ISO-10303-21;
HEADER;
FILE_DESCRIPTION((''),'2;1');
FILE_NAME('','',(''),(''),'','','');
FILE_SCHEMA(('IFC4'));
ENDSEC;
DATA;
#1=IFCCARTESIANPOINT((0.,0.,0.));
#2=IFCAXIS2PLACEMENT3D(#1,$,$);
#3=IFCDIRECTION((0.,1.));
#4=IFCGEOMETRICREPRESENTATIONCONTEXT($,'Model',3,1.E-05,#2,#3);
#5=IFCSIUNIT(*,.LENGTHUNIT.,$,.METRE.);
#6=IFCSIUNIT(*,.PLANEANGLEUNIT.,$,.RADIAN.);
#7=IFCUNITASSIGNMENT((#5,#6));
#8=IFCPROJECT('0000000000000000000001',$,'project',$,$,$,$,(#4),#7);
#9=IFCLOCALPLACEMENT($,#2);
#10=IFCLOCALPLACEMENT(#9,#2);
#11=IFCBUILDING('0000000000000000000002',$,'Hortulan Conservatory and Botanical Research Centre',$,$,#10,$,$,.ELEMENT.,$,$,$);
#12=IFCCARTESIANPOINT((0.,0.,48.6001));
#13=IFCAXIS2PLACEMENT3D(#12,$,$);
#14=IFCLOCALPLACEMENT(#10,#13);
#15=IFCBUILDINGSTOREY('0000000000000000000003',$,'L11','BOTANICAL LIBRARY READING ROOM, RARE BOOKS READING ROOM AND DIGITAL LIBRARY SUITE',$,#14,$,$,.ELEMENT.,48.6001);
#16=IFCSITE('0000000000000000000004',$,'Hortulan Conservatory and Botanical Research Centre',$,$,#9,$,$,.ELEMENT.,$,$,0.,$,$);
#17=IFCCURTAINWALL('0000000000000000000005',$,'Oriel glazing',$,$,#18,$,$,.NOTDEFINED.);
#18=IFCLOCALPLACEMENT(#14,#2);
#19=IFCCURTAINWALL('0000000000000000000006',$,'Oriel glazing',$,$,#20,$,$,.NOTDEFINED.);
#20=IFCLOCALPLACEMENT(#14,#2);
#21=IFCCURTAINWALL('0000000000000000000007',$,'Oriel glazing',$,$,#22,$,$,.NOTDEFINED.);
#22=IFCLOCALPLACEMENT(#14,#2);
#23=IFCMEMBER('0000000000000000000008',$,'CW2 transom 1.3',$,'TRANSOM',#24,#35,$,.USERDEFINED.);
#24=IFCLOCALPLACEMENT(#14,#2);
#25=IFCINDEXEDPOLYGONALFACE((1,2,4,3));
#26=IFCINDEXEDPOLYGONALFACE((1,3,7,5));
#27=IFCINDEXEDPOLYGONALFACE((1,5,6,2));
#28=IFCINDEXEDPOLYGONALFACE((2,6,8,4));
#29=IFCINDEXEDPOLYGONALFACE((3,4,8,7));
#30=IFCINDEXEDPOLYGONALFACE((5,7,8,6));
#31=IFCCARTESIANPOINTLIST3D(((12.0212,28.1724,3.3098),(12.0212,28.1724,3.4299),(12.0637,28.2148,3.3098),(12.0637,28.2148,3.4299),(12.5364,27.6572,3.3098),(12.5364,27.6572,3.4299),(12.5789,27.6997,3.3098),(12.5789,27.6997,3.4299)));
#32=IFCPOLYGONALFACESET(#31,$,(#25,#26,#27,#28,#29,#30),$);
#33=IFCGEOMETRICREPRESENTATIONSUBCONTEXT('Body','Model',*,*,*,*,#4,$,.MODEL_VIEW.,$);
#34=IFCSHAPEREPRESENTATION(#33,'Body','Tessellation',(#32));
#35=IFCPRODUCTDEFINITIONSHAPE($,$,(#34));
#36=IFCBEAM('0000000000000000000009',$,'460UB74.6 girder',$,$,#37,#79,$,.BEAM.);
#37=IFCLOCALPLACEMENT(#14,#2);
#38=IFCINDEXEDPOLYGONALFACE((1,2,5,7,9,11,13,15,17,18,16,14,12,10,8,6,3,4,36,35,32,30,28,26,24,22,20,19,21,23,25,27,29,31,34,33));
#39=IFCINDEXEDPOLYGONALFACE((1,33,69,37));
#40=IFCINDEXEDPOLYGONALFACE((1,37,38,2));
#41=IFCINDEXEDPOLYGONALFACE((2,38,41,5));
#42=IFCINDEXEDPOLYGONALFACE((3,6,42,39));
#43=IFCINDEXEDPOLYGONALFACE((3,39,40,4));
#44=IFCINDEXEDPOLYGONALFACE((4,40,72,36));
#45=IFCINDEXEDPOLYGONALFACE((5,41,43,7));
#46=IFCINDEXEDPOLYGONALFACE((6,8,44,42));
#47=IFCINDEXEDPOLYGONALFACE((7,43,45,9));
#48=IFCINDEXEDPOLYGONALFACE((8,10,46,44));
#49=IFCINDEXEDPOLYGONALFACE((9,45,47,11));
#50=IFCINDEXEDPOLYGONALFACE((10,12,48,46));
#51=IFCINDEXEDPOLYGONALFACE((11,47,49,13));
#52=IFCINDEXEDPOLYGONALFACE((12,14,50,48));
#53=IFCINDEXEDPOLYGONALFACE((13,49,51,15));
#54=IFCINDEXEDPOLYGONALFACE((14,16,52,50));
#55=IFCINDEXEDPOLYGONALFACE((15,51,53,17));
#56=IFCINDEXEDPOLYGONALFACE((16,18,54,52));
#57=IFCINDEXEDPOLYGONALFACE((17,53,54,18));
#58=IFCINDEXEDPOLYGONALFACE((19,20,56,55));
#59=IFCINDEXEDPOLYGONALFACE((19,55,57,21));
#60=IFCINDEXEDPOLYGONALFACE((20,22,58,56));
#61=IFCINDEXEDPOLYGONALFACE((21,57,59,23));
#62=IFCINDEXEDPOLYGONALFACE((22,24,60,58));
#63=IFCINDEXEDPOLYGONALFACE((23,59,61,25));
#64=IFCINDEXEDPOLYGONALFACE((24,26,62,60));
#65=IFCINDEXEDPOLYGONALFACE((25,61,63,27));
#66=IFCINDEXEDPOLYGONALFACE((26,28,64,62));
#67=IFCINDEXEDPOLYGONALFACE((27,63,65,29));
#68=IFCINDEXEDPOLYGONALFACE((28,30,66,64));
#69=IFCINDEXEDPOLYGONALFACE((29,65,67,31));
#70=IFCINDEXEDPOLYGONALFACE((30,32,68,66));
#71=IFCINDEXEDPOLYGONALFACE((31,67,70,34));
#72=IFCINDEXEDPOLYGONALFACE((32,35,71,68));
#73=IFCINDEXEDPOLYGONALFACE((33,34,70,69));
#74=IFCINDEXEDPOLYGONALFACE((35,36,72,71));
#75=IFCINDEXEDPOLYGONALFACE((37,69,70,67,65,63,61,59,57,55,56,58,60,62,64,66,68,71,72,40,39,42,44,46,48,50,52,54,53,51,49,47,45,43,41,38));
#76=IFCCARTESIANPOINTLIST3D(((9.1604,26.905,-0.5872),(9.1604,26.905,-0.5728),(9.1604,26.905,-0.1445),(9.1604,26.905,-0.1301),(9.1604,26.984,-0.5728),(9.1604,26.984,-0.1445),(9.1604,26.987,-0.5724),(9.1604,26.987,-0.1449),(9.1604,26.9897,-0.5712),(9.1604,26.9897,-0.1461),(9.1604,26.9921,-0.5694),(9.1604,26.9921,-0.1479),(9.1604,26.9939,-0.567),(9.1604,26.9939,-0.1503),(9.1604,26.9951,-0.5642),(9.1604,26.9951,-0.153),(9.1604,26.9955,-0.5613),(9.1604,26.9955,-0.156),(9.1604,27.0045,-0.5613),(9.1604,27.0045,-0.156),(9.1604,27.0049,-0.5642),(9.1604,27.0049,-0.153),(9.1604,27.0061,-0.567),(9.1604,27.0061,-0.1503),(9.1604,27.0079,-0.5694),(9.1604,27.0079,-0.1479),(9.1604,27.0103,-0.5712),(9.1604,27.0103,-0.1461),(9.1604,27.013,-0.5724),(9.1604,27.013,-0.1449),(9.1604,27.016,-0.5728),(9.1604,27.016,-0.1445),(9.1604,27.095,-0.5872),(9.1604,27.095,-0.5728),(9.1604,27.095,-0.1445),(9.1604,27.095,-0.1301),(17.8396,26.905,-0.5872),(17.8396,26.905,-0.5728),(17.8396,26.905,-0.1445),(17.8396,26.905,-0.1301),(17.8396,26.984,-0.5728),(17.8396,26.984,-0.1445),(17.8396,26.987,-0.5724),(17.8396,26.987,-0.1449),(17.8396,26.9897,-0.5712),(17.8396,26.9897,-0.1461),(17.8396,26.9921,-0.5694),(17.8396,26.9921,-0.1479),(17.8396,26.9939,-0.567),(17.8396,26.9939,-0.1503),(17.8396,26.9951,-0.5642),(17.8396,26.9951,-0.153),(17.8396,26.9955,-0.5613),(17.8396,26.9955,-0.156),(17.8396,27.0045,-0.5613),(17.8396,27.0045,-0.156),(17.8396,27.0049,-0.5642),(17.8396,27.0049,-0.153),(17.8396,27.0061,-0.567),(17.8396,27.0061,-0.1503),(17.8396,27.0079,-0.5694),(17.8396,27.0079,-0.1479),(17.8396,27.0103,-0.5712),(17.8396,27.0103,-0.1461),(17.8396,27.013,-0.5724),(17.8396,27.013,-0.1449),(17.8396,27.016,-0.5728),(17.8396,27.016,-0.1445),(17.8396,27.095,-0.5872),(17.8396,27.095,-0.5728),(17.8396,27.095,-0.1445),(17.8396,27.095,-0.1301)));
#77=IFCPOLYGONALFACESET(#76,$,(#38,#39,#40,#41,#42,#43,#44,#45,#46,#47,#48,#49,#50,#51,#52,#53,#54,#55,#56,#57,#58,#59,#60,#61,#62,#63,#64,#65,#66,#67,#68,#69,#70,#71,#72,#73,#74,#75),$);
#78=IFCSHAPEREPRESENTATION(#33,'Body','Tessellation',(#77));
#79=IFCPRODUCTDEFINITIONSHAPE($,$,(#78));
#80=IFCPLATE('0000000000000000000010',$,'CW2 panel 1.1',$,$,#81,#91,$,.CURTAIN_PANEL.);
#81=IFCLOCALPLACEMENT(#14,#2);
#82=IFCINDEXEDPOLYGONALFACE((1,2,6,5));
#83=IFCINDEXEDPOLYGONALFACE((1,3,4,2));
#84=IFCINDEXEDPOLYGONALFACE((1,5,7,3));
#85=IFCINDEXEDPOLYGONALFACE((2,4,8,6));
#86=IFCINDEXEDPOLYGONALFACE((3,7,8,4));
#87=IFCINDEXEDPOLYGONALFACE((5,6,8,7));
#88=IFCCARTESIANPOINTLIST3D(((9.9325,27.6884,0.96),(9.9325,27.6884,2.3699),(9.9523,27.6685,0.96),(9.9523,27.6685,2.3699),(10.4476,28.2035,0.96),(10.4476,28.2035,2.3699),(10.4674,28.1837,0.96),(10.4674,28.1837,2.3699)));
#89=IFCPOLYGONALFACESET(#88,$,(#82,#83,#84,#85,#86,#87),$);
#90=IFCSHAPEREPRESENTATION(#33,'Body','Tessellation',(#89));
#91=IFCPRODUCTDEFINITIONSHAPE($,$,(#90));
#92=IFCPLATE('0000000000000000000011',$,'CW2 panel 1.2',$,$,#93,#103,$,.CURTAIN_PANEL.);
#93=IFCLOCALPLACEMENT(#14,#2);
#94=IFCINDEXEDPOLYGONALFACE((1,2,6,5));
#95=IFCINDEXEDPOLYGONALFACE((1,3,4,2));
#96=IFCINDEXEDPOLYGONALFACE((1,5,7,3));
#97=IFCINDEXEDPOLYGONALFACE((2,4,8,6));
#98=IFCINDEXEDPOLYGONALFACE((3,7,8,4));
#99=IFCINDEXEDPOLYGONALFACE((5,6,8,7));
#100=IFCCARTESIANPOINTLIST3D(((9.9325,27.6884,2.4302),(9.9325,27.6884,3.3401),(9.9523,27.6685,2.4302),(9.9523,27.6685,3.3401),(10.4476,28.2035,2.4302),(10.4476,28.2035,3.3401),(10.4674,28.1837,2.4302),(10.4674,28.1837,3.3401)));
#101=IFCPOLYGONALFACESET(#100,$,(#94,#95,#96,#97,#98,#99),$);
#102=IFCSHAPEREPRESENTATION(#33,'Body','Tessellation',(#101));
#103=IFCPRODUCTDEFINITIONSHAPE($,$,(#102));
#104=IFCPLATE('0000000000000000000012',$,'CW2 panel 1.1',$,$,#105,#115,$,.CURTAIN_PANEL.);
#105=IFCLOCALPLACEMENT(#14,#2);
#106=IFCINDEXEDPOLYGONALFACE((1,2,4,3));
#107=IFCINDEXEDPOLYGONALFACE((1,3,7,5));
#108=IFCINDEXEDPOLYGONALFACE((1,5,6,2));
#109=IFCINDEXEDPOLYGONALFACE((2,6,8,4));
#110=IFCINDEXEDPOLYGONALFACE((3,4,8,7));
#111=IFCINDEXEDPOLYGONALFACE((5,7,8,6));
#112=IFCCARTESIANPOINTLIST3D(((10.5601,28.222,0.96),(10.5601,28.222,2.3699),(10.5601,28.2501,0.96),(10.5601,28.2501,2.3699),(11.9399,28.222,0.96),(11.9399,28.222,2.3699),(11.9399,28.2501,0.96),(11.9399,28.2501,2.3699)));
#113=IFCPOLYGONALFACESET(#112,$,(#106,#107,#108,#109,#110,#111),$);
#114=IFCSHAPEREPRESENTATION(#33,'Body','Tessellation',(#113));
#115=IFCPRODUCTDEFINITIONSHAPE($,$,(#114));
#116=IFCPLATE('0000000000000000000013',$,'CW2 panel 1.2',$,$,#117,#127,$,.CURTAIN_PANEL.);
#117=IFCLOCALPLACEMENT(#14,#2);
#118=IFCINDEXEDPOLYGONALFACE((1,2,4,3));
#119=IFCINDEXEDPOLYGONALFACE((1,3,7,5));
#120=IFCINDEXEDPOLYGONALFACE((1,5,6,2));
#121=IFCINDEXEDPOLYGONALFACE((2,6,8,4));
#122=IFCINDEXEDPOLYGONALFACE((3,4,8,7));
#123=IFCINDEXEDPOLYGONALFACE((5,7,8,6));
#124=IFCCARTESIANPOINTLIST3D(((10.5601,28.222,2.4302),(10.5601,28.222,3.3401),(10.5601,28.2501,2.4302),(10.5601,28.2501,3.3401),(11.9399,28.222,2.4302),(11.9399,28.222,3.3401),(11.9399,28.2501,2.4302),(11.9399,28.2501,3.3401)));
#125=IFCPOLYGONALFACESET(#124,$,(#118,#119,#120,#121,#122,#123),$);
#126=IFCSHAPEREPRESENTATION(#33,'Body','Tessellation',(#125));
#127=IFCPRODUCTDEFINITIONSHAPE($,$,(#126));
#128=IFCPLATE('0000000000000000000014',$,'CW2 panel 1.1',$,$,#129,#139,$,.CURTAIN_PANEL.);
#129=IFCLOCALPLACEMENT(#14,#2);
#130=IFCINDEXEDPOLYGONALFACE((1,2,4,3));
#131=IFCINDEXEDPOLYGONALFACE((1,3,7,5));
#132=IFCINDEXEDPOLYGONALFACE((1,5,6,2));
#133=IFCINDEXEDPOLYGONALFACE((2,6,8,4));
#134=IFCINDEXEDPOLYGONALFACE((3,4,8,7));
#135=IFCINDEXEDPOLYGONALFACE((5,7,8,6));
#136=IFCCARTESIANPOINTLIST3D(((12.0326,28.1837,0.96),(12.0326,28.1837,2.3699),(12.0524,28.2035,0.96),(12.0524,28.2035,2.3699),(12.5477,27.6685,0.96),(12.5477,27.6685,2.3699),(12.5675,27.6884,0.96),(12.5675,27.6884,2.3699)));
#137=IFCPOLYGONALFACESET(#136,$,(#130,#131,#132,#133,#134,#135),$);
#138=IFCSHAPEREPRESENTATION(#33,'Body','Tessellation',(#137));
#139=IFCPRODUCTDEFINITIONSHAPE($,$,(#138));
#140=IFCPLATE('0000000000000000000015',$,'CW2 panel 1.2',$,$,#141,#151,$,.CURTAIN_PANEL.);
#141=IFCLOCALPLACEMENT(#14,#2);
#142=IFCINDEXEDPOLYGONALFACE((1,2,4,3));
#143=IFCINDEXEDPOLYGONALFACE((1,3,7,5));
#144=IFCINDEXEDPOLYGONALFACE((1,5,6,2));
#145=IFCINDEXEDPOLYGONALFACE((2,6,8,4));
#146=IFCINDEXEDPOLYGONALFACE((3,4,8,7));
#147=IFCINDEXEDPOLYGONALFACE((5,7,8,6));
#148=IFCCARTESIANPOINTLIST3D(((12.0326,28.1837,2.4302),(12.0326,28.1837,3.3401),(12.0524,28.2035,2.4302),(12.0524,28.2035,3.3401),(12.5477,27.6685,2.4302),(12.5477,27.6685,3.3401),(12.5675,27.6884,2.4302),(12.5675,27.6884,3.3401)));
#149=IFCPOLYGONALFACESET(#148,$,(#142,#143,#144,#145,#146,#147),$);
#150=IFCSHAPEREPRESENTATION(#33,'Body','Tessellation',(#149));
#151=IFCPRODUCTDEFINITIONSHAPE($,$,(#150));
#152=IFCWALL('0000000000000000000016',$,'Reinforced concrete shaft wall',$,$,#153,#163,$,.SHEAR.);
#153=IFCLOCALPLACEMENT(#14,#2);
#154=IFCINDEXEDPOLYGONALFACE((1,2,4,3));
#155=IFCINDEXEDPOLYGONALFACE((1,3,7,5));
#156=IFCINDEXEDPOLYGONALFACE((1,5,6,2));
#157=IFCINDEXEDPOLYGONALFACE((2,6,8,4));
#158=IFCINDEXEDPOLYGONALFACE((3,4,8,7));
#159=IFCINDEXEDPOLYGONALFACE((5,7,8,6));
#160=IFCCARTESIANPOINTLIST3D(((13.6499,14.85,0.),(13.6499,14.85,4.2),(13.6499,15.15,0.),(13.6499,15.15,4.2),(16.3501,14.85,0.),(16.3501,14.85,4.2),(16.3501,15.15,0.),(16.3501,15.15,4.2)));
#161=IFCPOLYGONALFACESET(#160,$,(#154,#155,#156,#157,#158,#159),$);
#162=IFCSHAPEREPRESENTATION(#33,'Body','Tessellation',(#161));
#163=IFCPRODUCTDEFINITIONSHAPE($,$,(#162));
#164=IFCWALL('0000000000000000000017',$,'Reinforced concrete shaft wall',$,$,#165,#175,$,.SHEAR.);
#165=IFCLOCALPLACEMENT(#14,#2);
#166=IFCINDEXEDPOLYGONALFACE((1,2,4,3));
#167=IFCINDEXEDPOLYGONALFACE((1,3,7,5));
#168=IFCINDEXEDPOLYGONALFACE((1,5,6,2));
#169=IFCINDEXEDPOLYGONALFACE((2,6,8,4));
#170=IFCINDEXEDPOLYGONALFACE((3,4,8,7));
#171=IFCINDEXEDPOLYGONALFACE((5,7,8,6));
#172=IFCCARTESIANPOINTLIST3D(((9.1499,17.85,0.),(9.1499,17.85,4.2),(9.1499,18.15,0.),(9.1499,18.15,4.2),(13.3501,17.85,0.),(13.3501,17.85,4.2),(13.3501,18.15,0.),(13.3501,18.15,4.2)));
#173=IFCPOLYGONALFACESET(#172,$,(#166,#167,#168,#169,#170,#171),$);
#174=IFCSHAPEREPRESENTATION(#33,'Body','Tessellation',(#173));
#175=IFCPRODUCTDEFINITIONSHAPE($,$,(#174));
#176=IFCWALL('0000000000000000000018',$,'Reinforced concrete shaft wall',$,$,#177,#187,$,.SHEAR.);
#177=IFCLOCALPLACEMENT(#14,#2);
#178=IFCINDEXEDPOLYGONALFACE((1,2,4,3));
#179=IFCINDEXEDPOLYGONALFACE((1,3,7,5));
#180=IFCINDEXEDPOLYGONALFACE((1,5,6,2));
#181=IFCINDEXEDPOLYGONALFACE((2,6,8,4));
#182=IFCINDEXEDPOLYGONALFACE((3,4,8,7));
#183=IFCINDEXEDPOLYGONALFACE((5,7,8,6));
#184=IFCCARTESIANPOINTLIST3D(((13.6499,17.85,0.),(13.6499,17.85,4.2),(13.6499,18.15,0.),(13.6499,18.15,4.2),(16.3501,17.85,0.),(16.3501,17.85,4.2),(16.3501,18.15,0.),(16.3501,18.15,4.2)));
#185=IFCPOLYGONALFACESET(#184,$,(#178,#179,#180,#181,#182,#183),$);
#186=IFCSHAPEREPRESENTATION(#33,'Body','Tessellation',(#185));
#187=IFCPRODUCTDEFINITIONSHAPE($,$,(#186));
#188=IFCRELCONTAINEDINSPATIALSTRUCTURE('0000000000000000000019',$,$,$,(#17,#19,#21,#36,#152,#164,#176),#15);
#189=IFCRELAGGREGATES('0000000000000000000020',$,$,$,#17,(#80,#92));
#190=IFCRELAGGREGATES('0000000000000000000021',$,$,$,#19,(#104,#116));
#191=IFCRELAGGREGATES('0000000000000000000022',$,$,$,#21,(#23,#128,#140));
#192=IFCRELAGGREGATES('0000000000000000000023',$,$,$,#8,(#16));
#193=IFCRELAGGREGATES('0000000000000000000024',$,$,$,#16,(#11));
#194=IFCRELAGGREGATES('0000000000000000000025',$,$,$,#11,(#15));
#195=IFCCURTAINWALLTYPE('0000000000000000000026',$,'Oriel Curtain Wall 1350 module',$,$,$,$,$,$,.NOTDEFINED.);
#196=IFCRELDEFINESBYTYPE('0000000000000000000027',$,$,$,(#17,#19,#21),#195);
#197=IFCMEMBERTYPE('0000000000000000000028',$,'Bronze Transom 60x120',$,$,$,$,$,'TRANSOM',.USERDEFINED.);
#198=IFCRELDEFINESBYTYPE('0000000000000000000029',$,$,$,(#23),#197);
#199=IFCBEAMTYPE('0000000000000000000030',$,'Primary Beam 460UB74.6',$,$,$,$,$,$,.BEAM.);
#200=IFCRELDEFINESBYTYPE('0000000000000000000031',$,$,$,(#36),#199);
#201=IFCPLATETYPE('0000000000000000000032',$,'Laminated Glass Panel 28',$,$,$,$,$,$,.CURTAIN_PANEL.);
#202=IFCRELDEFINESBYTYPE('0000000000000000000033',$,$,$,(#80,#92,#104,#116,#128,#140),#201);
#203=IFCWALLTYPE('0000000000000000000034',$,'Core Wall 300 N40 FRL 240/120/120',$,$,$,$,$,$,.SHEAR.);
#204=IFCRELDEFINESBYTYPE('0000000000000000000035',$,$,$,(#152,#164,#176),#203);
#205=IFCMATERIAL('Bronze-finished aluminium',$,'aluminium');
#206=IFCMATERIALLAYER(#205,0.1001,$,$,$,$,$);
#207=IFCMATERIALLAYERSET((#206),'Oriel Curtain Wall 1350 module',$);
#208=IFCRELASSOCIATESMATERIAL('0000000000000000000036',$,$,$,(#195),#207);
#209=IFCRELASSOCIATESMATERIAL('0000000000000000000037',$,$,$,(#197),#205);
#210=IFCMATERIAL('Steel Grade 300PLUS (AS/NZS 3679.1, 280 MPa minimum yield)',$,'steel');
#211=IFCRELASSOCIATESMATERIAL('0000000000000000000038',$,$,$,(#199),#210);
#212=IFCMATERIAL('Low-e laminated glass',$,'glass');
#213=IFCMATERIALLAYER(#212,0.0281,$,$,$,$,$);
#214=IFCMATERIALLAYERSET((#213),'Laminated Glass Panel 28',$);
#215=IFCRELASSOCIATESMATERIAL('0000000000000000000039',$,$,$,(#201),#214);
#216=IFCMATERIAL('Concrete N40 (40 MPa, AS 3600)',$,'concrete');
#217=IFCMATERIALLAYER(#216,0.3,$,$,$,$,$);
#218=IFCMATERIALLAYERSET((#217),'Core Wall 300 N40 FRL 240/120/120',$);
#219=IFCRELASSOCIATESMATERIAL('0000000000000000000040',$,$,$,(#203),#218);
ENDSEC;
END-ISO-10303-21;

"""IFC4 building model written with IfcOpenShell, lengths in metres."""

from ifc_helpers import new_model, si_unit, direction, frame, frame_2d, origin, origin_2d, place, context, subcontext, project, spatial, rectangle, i_section, extrude, material, layer, layer_set, material_profile, profile_set, type_object, element, aggregate, save


model = new_model("IFC4")

# Units and contexts
model_context = context("Model", 3, precision=1e-05, world=origin(), true_north=direction((0.0, 1.0)))
body_context = subcontext(model_context, "Body", "Model", "MODEL_VIEW")
ifc_project = project(units=[si_unit("LENGTHUNIT", "METRE"), si_unit("PLANEANGLEUNIT", "RADIAN")], contexts=[model_context])

# Site, building, storey
site_placement = place(None, origin())
site = spatial("IfcSite", under=ifc_project, at=site_placement, Name="Hortulan Conservatory and Botanical Research Centre", CompositionType="ELEMENT", RefElevation=0.0)
building_placement = place(site_placement, origin())
building = spatial("IfcBuilding", under=site, at=building_placement, Name="Hortulan Conservatory and Botanical Research Centre", CompositionType="ELEMENT")
storey_placement = place(building_placement, frame((0.0, 0.0, 48.6001)))
storey = spatial("IfcBuildingStorey", under=building, at=storey_placement, Name="L11", Description="BOTANICAL LIBRARY READING ROOM, RARE BOOKS READING ROOM AND DIGITAL LIBRARY SUITE", CompositionType="ELEMENT", Elevation=48.6001)

# Curtain walls
ifc_material_1 = material(Name="Bronze-finished aluminium", Category="aluminium")
ifc_layer_1 = layer(ifc_material_1, 0.1001)
ifc_layer_set_1 = layer_set([ifc_layer_1], Name="Oriel Curtain Wall 1350 module")
curtain_wall_type = type_object("IfcCurtainWallType", Name="Oriel Curtain Wall 1350 module", PredefinedType="NOTDEFINED", material=ifc_layer_set_1)
curtain_wall_1_placement = place(storey_placement, origin())
curtain_wall_1 = element("IfcCurtainWall", 1, at=curtain_wall_1_placement, inside=storey, type_object=curtain_wall_type, Name="Oriel glazing", PredefinedType="NOTDEFINED")
curtain_wall_2_placement = place(storey_placement, origin())
curtain_wall_2 = element("IfcCurtainWall", 2, at=curtain_wall_2_placement, inside=storey, type_object=curtain_wall_type, Name="Oriel glazing", PredefinedType="NOTDEFINED")
curtain_wall_3_placement = place(storey_placement, origin())
curtain_wall_3 = element("IfcCurtainWall", 3, at=curtain_wall_3_placement, inside=storey, type_object=curtain_wall_type, Name="Oriel glazing", PredefinedType="NOTDEFINED")

# Member
ifc_material_profile_1 = material_profile(ifc_material_1, rectangle(XDim=0.0601, YDim=0.1201, at=origin_2d()), Name="Bronze Transom 60x120")
ifc_profile_set_1 = profile_set([ifc_material_profile_1], Name="Bronze-finished aluminium")
member_type_1 = type_object("IfcMemberType", Name="Bronze Transom 60x120", ElementType="TRANSOM", PredefinedType="USERDEFINED", material=ifc_profile_set_1)
member_1_placement = place(storey_placement, frame((12.0425, 28.1936, 3.3699), z_axis=(0.707107, -0.707107, 0.0), x_axis=(0.707107, 0.707107, 0.0)))
member_1 = element("IfcMember", 4, at=member_1_placement, type_object=member_type_1, Name="CW2 transom 1.3", ObjectType="TRANSOM", PredefinedType="USERDEFINED", context=body_context, shape_type="SweptSolid", body=[
    extrude(rectangle(XDim=0.0601, YDim=0.1201, at=origin_2d()), origin(), (0.0, 0.0, 1.0), 0.7285),
])

# Beam
ifc_material_2 = material(Name="Steel Grade 300PLUS (AS/NZS 3679.1, 280 MPa minimum yield)", Category="steel")
ifc_material_profile_2 = material_profile(ifc_material_2, i_section(OverallWidth=0.1899, OverallDepth=0.457, WebThickness=0.009, FlangeThickness=0.0144, FilletRadius=0.0115, at=origin_2d()), Name="460UB74.6")
ifc_profile_set_2 = profile_set([ifc_material_profile_2], Name="Steel Grade 300PLUS (AS/NZS 3679.1, 280 MPa minimum yield)")
beam_type = type_object("IfcBeamType", Name="Primary Beam 460UB74.6", PredefinedType="BEAM", material=ifc_profile_set_2)
beam_placement = place(storey_placement, frame((9.1604, 27.0, -0.3586), z_axis=(1.0, 0.0, 0.0), x_axis=(0.0, 1.0, 0.0)))
element("IfcBeam", 5, at=beam_placement, inside=storey, type_object=beam_type, Name="460UB74.6 girder", PredefinedType="BEAM", context=body_context, shape_type="SweptSolid", body=[
    extrude(i_section(OverallWidth=0.1899, OverallDepth=0.457, WebThickness=0.009, FlangeThickness=0.0144, FilletRadius=0.0115, at=origin_2d()), origin(), (0.0, 0.0, 1.0), 8.6792),
])

# Plates
ifc_material_3 = material(Name="Low-e laminated glass", Category="glass")
ifc_layer_2 = layer(ifc_material_3, 0.0281)
ifc_layer_set_2 = layer_set([ifc_layer_2], Name="Laminated Glass Panel 28")
plate_type = type_object("IfcPlateType", Name="Laminated Glass Panel 28", PredefinedType="CURTAIN_PANEL", material=ifc_layer_set_2)
plate_1_placement = place(storey_placement, frame((10.2, 27.936, 0.96), z_axis=(0.0, 0.0, 1.0), x_axis=(0.707107, 0.707107, 0.0)))
plate_1 = element("IfcPlate", 6, at=plate_1_placement, type_object=plate_type, Name="CW2 panel 1.1", PredefinedType="CURTAIN_PANEL", context=body_context, shape_type="SweptSolid", body=[
    extrude(rectangle(XDim=0.7285, YDim=0.0281, at=origin_2d()), origin(), (0.0, 0.0, 1.0), 1.4099),
])
plate_2_placement = place(storey_placement, frame((10.2, 27.936, 2.4302), z_axis=(0.0, 0.0, 1.0), x_axis=(0.707107, 0.707107, 0.0)))
plate_2 = element("IfcPlate", 7, at=plate_2_placement, type_object=plate_type, Name="CW2 panel 1.2", PredefinedType="CURTAIN_PANEL", context=body_context, shape_type="SweptSolid", body=[
    extrude(rectangle(XDim=0.7285, YDim=0.0281, at=origin_2d()), origin(), (0.0, 0.0, 1.0), 0.9099),
])
aggregate(curtain_wall_1, [plate_1, plate_2])
plate_3_placement = place(storey_placement, frame((11.25, 28.2361, 0.96), z_axis=(0.0, 0.0, 1.0), x_axis=(1.0, 0.0, 0.0)))
plate_3 = element("IfcPlate", 8, at=plate_3_placement, type_object=plate_type, Name="CW2 panel 1.1", PredefinedType="CURTAIN_PANEL", context=body_context, shape_type="SweptSolid", body=[
    extrude(rectangle(XDim=1.3799, YDim=0.0281, at=origin_2d()), origin(), (0.0, 0.0, 1.0), 1.4099),
])
plate_4_placement = place(storey_placement, frame((11.25, 28.2361, 2.4302), z_axis=(0.0, 0.0, 1.0), x_axis=(1.0, 0.0, 0.0)))
plate_4 = element("IfcPlate", 9, at=plate_4_placement, type_object=plate_type, Name="CW2 panel 1.2", PredefinedType="CURTAIN_PANEL", context=body_context, shape_type="SweptSolid", body=[
    extrude(rectangle(XDim=1.3799, YDim=0.0281, at=origin_2d()), origin(), (0.0, 0.0, 1.0), 0.9099),
])
aggregate(curtain_wall_2, [plate_3, plate_4])
plate_5_placement = place(storey_placement, frame((12.3, 27.936, 0.96), z_axis=(0.0, 0.0, 1.0), x_axis=(0.707107, -0.707107, 0.0)))
plate_5 = element("IfcPlate", 10, at=plate_5_placement, type_object=plate_type, Name="CW2 panel 1.1", PredefinedType="CURTAIN_PANEL", context=body_context, shape_type="SweptSolid", body=[
    extrude(rectangle(XDim=0.7285, YDim=0.0281, at=origin_2d()), origin(), (0.0, 0.0, 1.0), 1.4099),
])
plate_6_placement = place(storey_placement, frame((12.3, 27.936, 2.4302), z_axis=(0.0, 0.0, 1.0), x_axis=(0.707107, -0.707107, 0.0)))
plate_6 = element("IfcPlate", 11, at=plate_6_placement, type_object=plate_type, Name="CW2 panel 1.2", PredefinedType="CURTAIN_PANEL", context=body_context, shape_type="SweptSolid", body=[
    extrude(rectangle(XDim=0.7285, YDim=0.0281, at=origin_2d()), origin(), (0.0, 0.0, 1.0), 0.9099),
])
aggregate(curtain_wall_3, [member_1, plate_5, plate_6])

# Walls
ifc_material_4 = material(Name="Concrete N40 (40 MPa, AS 3600)", Category="concrete")
ifc_layer_3 = layer(ifc_material_4, 0.3)
ifc_layer_set_3 = layer_set([ifc_layer_3], Name="Core Wall 300 N40 FRL 240/120/120")
wall_type = type_object("IfcWallType", Name="Core Wall 300 N40 FRL 240/120/120", PredefinedType="SHEAR", material=ifc_layer_set_3)
wall_1_placement = place(storey_placement, frame((13.6499, 15.0, 0.0), z_axis=(0.0, 0.0, 1.0), x_axis=(1.0, 0.0, 0.0)))
element("IfcWall", 12, at=wall_1_placement, inside=storey, type_object=wall_type, Name="Reinforced concrete shaft wall", PredefinedType="SHEAR", context=body_context, shape_type="SweptSolid", body=[
    extrude(rectangle(XDim=2.7002, YDim=0.3, at=frame_2d((1.3501, 0.0))), origin(), (0.0, 0.0, 1.0), 4.2),
])
wall_2_placement = place(storey_placement, frame((9.1499, 18.0, 0.0), z_axis=(0.0, 0.0, 1.0), x_axis=(1.0, 0.0, 0.0)))
element("IfcWall", 13, at=wall_2_placement, inside=storey, type_object=wall_type, Name="Reinforced concrete shaft wall", PredefinedType="SHEAR", context=body_context, shape_type="SweptSolid", body=[
    extrude(rectangle(XDim=4.2002, YDim=0.3, at=frame_2d((2.1001, 0.0))), origin(), (0.0, 0.0, 1.0), 4.2),
])
wall_3_placement = place(storey_placement, frame((13.6499, 18.0, 0.0), z_axis=(0.0, 0.0, 1.0), x_axis=(1.0, 0.0, 0.0)))
element("IfcWall", 14, at=wall_3_placement, inside=storey, type_object=wall_type, Name="Reinforced concrete shaft wall", PredefinedType="SHEAR", context=body_context, shape_type="SweptSolid", body=[
    extrude(rectangle(XDim=2.7002, YDim=0.3, at=frame_2d((1.3501, 0.0))), origin(), (0.0, 0.0, 1.0), 4.2),
])

save(model, "model.ifc")
